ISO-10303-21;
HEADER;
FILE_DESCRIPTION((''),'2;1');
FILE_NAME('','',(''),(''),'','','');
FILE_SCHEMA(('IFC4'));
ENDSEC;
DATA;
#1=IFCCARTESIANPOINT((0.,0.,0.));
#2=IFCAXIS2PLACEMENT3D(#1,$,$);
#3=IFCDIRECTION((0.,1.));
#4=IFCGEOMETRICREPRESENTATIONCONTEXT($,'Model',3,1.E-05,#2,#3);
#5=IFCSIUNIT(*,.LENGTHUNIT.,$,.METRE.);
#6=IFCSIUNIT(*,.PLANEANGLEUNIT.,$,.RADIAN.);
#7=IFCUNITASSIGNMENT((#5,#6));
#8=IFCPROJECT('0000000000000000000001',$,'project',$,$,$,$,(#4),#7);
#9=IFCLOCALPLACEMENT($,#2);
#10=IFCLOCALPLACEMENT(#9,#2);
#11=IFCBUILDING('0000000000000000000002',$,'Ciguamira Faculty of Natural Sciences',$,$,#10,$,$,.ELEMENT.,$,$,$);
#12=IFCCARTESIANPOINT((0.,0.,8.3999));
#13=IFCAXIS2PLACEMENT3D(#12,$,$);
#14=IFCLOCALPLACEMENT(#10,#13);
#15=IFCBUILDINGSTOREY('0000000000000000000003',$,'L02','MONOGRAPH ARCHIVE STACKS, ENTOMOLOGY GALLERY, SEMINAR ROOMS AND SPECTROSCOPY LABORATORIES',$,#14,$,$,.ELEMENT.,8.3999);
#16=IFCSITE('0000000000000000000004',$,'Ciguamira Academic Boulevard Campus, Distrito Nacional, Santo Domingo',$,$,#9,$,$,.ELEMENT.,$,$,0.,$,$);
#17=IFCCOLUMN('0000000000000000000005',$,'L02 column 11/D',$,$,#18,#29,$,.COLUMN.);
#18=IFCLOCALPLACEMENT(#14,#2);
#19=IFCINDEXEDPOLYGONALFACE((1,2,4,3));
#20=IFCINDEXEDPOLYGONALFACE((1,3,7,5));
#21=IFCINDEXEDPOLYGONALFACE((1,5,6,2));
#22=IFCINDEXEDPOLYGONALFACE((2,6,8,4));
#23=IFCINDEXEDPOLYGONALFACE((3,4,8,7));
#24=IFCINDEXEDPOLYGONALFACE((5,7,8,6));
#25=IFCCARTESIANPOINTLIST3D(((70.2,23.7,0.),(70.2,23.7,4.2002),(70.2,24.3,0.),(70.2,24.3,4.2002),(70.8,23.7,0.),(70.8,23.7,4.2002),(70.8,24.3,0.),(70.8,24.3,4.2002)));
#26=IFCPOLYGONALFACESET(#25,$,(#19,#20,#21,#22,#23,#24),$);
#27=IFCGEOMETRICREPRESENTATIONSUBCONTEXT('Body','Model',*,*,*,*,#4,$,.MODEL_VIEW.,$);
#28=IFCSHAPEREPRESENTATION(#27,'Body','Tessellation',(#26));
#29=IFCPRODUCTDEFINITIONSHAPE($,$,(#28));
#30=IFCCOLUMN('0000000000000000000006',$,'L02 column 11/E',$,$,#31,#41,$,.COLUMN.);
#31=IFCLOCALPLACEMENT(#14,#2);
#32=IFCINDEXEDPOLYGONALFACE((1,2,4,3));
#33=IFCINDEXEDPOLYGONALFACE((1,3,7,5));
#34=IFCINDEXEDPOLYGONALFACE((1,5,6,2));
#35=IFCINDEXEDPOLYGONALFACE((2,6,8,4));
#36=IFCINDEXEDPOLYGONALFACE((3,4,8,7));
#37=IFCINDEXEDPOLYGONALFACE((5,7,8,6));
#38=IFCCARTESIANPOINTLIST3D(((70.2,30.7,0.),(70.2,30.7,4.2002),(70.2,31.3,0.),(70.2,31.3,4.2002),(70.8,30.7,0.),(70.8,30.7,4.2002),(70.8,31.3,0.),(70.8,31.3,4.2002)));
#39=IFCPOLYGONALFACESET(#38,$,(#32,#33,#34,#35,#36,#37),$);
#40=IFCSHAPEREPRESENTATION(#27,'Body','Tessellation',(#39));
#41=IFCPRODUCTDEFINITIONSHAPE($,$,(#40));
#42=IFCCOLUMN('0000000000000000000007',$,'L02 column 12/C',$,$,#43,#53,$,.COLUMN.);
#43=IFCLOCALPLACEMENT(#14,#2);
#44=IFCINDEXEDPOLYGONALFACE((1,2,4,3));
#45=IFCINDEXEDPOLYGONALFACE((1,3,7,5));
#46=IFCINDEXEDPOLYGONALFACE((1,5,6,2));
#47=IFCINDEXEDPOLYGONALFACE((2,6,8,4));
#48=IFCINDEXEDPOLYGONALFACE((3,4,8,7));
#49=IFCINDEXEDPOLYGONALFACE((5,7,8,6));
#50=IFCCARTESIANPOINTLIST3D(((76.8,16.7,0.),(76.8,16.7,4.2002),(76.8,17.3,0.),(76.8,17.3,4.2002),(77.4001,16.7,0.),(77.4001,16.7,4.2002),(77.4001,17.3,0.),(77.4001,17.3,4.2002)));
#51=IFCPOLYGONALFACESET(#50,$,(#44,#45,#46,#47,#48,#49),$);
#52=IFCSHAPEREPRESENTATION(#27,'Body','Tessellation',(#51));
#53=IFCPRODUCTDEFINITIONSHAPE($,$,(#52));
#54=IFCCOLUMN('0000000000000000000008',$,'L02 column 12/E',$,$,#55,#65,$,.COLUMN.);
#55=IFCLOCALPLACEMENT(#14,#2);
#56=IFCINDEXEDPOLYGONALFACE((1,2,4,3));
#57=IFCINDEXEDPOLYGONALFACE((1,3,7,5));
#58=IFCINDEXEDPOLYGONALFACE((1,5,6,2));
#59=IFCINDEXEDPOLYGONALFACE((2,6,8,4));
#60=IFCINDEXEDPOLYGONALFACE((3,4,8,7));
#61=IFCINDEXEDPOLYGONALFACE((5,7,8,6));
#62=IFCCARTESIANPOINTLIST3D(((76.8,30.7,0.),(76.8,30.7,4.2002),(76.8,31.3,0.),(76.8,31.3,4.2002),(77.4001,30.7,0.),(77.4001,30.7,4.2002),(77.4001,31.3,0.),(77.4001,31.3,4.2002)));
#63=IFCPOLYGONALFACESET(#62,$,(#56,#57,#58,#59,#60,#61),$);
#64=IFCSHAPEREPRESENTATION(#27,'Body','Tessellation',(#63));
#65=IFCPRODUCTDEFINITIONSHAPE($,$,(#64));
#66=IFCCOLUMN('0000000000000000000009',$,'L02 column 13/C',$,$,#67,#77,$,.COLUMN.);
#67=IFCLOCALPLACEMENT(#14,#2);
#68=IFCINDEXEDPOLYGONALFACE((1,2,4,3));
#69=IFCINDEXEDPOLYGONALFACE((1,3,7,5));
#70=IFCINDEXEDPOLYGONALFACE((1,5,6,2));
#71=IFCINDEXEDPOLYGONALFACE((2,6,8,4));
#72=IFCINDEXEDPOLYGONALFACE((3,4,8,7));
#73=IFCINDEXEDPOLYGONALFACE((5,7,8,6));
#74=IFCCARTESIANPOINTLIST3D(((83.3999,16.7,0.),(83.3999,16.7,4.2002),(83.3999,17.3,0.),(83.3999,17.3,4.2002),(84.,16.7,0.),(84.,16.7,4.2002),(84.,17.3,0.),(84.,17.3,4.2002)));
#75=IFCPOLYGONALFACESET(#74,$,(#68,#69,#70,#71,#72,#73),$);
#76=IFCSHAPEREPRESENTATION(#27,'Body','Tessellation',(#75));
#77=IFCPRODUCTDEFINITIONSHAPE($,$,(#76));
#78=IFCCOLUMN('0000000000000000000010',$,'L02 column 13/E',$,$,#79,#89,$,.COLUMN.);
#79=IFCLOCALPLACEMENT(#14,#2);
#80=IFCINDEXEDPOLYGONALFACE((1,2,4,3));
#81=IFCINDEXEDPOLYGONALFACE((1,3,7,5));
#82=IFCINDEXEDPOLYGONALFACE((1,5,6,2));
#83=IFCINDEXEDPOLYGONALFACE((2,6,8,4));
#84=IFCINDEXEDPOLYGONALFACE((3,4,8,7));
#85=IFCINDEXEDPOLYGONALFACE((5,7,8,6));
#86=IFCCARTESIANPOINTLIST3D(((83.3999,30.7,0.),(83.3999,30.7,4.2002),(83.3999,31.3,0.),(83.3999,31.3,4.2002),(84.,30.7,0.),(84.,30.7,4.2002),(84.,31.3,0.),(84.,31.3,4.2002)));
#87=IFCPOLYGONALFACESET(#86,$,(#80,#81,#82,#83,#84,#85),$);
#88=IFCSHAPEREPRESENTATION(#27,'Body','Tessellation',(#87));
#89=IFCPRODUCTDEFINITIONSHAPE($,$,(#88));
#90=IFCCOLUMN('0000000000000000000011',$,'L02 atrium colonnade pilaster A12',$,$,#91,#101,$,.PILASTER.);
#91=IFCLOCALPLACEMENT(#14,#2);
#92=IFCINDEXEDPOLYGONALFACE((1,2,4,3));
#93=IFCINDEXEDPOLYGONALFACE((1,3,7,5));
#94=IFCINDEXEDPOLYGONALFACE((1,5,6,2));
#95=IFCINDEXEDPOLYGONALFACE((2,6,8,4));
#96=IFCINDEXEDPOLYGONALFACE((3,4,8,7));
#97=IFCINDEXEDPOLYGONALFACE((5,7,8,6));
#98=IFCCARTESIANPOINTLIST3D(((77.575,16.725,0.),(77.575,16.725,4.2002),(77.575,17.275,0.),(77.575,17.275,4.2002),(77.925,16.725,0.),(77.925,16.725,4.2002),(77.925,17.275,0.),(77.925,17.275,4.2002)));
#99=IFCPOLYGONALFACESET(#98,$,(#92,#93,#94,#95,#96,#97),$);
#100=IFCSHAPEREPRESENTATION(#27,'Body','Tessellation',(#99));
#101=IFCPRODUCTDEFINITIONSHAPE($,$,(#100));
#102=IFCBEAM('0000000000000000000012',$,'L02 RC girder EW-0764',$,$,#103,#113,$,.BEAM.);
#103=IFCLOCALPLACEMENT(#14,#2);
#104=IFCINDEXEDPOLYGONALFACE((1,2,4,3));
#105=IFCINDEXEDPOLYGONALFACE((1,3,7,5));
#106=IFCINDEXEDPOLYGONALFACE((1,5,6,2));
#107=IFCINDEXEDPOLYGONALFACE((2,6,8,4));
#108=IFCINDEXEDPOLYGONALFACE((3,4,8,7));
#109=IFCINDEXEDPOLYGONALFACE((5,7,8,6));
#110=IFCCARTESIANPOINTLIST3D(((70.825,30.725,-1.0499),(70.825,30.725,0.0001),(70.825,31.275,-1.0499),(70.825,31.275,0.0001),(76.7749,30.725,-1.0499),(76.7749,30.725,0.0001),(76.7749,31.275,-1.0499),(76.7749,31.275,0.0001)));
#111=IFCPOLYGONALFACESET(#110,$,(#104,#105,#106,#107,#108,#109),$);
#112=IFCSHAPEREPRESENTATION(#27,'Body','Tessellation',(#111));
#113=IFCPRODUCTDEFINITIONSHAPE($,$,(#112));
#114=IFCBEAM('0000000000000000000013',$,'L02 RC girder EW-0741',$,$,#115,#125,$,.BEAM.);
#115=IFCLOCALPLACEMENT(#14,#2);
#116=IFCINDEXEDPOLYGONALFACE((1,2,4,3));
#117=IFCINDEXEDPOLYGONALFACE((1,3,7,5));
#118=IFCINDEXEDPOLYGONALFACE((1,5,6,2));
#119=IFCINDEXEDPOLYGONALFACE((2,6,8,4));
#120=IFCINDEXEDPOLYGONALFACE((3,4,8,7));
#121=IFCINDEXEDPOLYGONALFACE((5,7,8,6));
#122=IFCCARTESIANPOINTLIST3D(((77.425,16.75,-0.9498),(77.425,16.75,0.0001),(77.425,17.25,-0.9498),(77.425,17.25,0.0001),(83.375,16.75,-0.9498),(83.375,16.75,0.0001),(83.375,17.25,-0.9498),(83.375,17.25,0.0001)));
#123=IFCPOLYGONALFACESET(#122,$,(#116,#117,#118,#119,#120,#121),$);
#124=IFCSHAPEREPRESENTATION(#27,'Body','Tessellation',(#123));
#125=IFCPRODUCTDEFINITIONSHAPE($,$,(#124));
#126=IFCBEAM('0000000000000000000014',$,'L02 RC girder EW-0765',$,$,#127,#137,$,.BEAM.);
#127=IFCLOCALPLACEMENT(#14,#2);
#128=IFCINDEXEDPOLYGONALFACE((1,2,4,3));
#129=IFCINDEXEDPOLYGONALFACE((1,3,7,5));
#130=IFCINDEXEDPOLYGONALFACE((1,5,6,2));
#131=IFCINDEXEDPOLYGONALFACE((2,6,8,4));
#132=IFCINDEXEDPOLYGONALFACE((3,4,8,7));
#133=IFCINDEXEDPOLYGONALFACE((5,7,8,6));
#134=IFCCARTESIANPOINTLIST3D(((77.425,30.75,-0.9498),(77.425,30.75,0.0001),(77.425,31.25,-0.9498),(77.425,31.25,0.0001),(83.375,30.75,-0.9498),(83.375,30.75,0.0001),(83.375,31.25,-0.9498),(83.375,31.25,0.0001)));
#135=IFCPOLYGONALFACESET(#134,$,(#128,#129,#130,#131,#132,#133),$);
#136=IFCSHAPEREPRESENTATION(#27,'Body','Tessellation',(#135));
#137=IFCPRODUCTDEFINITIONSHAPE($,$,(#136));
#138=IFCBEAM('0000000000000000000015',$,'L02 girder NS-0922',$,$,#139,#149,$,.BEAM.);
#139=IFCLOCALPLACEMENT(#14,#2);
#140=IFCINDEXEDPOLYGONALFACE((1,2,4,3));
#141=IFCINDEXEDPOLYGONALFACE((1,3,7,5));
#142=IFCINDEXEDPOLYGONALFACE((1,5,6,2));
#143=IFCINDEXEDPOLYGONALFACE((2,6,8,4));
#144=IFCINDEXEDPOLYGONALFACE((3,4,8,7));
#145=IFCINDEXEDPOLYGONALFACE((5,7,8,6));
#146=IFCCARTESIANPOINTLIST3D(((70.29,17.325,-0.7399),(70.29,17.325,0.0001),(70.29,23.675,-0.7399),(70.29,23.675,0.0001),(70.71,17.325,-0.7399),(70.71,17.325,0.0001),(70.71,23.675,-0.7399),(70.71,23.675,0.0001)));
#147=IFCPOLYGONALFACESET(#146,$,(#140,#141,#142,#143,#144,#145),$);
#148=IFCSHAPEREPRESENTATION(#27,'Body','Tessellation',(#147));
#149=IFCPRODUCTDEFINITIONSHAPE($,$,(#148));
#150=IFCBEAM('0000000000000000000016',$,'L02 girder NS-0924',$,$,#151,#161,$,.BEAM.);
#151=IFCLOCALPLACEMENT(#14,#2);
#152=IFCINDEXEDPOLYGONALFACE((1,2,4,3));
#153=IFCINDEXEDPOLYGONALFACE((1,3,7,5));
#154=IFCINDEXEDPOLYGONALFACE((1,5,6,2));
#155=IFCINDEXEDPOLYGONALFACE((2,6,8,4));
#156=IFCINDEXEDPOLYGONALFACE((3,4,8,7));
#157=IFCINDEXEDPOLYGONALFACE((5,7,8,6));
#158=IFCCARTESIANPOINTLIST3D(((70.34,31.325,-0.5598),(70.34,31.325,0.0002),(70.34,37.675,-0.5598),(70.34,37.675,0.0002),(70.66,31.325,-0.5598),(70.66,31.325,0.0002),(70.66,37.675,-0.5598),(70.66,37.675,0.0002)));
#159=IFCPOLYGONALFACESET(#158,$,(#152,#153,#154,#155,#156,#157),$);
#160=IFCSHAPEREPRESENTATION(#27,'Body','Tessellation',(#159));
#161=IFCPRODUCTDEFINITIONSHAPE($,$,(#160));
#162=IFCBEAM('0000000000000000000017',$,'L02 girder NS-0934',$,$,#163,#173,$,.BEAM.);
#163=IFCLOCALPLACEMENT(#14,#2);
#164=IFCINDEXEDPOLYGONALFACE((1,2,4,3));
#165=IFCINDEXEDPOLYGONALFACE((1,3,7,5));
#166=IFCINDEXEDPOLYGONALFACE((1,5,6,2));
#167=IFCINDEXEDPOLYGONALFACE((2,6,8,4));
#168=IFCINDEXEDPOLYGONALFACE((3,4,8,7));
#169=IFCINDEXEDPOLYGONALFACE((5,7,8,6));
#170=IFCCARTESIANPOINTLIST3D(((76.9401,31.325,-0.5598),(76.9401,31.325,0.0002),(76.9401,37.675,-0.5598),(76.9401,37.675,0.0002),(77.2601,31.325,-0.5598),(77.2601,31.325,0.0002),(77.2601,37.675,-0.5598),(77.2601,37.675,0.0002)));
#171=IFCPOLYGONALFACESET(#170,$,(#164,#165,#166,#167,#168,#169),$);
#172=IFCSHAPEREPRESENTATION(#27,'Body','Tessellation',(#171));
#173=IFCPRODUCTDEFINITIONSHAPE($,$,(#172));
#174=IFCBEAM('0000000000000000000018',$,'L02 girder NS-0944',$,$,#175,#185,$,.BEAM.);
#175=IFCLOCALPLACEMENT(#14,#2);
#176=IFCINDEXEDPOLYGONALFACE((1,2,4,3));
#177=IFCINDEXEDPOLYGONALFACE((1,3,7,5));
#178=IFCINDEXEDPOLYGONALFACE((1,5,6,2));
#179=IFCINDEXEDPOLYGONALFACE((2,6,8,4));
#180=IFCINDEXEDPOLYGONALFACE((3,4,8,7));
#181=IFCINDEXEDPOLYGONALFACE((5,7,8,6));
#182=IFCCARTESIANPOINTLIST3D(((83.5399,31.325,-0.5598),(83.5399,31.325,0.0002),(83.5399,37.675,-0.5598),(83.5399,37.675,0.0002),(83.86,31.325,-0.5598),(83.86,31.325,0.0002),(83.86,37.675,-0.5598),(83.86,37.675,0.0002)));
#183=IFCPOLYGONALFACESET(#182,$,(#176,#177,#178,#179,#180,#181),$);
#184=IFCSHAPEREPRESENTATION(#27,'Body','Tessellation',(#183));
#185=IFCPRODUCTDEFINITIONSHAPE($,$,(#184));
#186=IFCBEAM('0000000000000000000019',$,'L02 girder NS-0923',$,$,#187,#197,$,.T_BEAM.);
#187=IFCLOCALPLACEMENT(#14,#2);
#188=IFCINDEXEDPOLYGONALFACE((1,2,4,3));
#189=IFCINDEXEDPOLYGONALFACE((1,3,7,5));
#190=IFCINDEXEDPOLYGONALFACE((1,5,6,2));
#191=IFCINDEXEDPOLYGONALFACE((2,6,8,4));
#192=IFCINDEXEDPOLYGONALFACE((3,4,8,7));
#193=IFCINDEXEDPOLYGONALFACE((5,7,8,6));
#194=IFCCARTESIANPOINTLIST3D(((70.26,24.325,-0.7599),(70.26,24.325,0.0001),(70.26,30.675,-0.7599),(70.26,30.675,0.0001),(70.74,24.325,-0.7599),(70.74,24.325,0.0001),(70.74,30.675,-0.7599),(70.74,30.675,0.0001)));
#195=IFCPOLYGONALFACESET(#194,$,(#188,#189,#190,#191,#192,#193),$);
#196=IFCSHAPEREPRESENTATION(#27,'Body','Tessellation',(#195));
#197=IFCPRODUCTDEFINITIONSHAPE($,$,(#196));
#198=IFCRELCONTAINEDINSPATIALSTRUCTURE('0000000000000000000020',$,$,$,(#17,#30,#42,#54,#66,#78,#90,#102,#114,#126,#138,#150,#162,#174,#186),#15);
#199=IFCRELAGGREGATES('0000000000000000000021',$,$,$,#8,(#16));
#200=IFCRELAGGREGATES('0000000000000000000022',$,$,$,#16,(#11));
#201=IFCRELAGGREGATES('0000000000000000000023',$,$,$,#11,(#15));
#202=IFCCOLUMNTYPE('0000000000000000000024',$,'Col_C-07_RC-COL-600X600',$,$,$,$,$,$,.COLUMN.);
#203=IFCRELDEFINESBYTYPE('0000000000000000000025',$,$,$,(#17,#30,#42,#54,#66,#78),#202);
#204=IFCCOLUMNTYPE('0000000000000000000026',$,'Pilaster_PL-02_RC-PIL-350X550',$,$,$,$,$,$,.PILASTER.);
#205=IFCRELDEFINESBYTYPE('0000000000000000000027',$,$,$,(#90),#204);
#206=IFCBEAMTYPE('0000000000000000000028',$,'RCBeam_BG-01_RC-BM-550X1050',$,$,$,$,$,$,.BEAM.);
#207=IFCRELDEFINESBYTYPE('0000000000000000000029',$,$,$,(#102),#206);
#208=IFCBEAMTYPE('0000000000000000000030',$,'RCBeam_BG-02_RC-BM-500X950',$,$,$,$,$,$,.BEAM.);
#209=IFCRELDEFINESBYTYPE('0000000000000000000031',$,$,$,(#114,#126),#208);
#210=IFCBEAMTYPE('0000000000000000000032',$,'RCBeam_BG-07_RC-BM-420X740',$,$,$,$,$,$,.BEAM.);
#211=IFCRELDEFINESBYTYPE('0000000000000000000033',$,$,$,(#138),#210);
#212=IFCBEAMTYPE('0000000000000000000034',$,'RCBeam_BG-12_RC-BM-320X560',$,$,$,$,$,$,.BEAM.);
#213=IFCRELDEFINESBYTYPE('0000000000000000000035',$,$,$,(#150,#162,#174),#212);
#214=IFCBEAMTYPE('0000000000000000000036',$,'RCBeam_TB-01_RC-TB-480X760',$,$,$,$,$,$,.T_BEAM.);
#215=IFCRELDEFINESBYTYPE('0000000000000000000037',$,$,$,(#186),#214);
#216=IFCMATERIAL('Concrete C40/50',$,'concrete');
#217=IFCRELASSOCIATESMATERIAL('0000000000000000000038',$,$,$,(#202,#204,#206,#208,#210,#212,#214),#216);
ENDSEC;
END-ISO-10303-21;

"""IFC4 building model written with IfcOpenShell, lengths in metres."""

from ifc_helpers import new_model, si_unit, direction, frame, origin, origin_2d, place, context, subcontext, project, spatial, rectangle, extrude, material, material_profile, profile_set, type_object, element, save


model = new_model("IFC4")

# Units and contexts
model_context = context("Model", 3, precision=1e-05, world=origin(), true_north=direction((0.0, 1.0)))
body_context = subcontext(model_context, "Body", "Model", "MODEL_VIEW")
ifc_project = project(units=[si_unit("LENGTHUNIT", "METRE"), si_unit("PLANEANGLEUNIT", "RADIAN")], contexts=[model_context])

# Site, building, storey
site_placement = place(None, origin())
site = spatial("IfcSite", under=ifc_project, at=site_placement, Name="Ciguamira Academic Boulevard Campus, Distrito Nacional, Santo Domingo", CompositionType="ELEMENT", RefElevation=0.0)
building_placement = place(site_placement, origin())
building = spatial("IfcBuilding", under=site, at=building_placement, Name="Ciguamira Faculty of Natural Sciences", CompositionType="ELEMENT")
storey_placement = place(building_placement, frame((0.0, 0.0, 8.3999)))
storey = spatial("IfcBuildingStorey", under=building, at=storey_placement, Name="L02", Description="MONOGRAPH ARCHIVE STACKS, ENTOMOLOGY GALLERY, SEMINAR ROOMS AND SPECTROSCOPY LABORATORIES", CompositionType="ELEMENT", Elevation=8.3999)

# Columns
ifc_material_1 = material(Name="Concrete C40/50", Category="concrete")
ifc_material_profile_1 = material_profile(ifc_material_1, rectangle(XDim=0.6001, YDim=0.6001, at=origin_2d()), Name="RC-COL-600X600")
ifc_profile_set_1 = profile_set([ifc_material_profile_1], Name="Concrete C40/50")
column_type_1 = type_object("IfcColumnType", Name="Col_C-07_RC-COL-600X600", PredefinedType="COLUMN", material=ifc_profile_set_1)
for number, where, z_axis, x_axis, name in (
    (1, (70.5, 24.0, 0.0), (0.0, 0.0, 1.0), (1.0, 0.0, 0.0), "L02 column 11/D"),
    (2, (70.5, 31.0, 0.0), (0.0, 0.0, 1.0), (1.0, 0.0, 0.0), "L02 column 11/E"),
    (3, (77.1001, 17.0, 0.0), (0.0, 0.0, 1.0), (1.0, 0.0, 0.0), "L02 column 12/C"),
    (4, (77.1001, 31.0, 0.0), (0.0, 0.0, 1.0), (1.0, 0.0, 0.0), "L02 column 12/E"),
    (5, (83.7, 17.0, 0.0), (0.0, 0.0, 1.0), (1.0, 0.0, 0.0), "L02 column 13/C"),
    (6, (83.7, 31.0, 0.0), (0.0, 0.0, 1.0), (1.0, 0.0, 0.0), "L02 column 13/E"),
):
    element("IfcColumn", number, at=place(storey_placement, frame(where, z_axis=z_axis, x_axis=x_axis)), inside=storey, type_object=column_type_1, Name=name, PredefinedType="COLUMN", context=body_context, shape_type="SweptSolid", body=[
        extrude(rectangle(XDim=0.6001, YDim=0.6001, at=origin_2d()), origin(), (0.0, 0.0, 1.0), 4.2002),
    ])
ifc_material_profile_2 = material_profile(ifc_material_1, rectangle(XDim=0.3501, YDim=0.55, at=origin_2d()), Name="RC-PIL-350X550")
ifc_profile_set_2 = profile_set([ifc_material_profile_2], Name="Concrete C40/50")
column_type_2 = type_object("IfcColumnType", Name="Pilaster_PL-02_RC-PIL-350X550", PredefinedType="PILASTER", material=ifc_profile_set_2)
column_placement = place(storey_placement, frame((77.75, 17.0, 0.0), z_axis=(0.0, 0.0, 1.0), x_axis=(1.0, 0.0, 0.0)))
element("IfcColumn", 7, at=column_placement, inside=storey, type_object=column_type_2, Name="L02 atrium colonnade pilaster A12", PredefinedType="PILASTER", context=body_context, shape_type="SweptSolid", body=[
    extrude(rectangle(XDim=0.3501, YDim=0.55, at=origin_2d()), origin(), (0.0, 0.0, 1.0), 4.2002),
])

# Beams
ifc_material_profile_3 = material_profile(ifc_material_1, rectangle(XDim=0.55, YDim=1.05, at=origin_2d()), Name="RC-BM-550X1050")
ifc_profile_set_3 = profile_set([ifc_material_profile_3], Name="Concrete C40/50")
beam_type_1 = type_object("IfcBeamType", Name="RCBeam_BG-01_RC-BM-550X1050", PredefinedType="BEAM", material=ifc_profile_set_3)
beam_1_placement = place(storey_placement, frame((70.825, 31.0, -0.5249), z_axis=(1.0, 0.0, 0.0), x_axis=(0.0, 1.0, 0.0)))
element("IfcBeam", 8, at=beam_1_placement, inside=storey, type_object=beam_type_1, Name="L02 RC girder EW-0764", PredefinedType="BEAM", context=body_context, shape_type="SweptSolid", body=[
    extrude(rectangle(XDim=0.55, YDim=1.05, at=origin_2d()), origin(), (0.0, 0.0, 1.0), 5.95),
])
ifc_material_profile_4 = material_profile(ifc_material_1, rectangle(XDim=0.5, YDim=0.95, at=origin_2d()), Name="RC-BM-500X950")
ifc_profile_set_4 = profile_set([ifc_material_profile_4], Name="Concrete C40/50")
beam_type_2 = type_object("IfcBeamType", Name="RCBeam_BG-02_RC-BM-500X950", PredefinedType="BEAM", material=ifc_profile_set_4)
for number, where, z_axis, x_axis, name in (
    (9, (77.425, 17.0, -0.4749), (1.0, 0.0, 0.0), (0.0, 1.0, 0.0), "L02 RC girder EW-0741"),
    (10, (77.425, 31.0, -0.4749), (1.0, 0.0, 0.0), (0.0, 1.0, 0.0), "L02 RC girder EW-0765"),
):
    element("IfcBeam", number, at=place(storey_placement, frame(where, z_axis=z_axis, x_axis=x_axis)), inside=storey, type_object=beam_type_2, Name=name, PredefinedType="BEAM", context=body_context, shape_type="SweptSolid", body=[
        extrude(rectangle(XDim=0.5, YDim=0.95, at=origin_2d()), origin(), (0.0, 0.0, 1.0), 5.95),
    ])
ifc_material_profile_5 = material_profile(ifc_material_1, rectangle(XDim=0.4199, YDim=0.74, at=origin_2d()), Name="RC-BM-420X740")
ifc_profile_set_5 = profile_set([ifc_material_profile_5], Name="Concrete C40/50")
beam_type_3 = type_object("IfcBeamType", Name="RCBeam_BG-07_RC-BM-420X740", PredefinedType="BEAM", material=ifc_profile_set_5)
beam_2_placement = place(storey_placement, frame((70.5, 17.325, -0.3699), z_axis=(0.0, 1.0, 0.0), x_axis=(-1.0, 0.0, 0.0)))
element("IfcBeam", 11, at=beam_2_placement, inside=storey, type_object=beam_type_3, Name="L02 girder NS-0922", PredefinedType="BEAM", context=body_context, shape_type="SweptSolid", body=[
    extrude(rectangle(XDim=0.4199, YDim=0.74, at=origin_2d()), origin(), (0.0, 0.0, 1.0), 6.3501),
])
ifc_material_profile_6 = material_profile(ifc_material_1, rectangle(XDim=0.3201, YDim=0.5601, at=origin_2d()), Name="RC-BM-320X560")
ifc_profile_set_6 = profile_set([ifc_material_profile_6], Name="Concrete C40/50")
beam_type_4 = type_object("IfcBeamType", Name="RCBeam_BG-12_RC-BM-320X560", PredefinedType="BEAM", material=ifc_profile_set_6)
for number, where, z_axis, x_axis, name in (
    (12, (70.5, 31.325, -0.2798), (0.0, 1.0, 0.0), (-1.0, 0.0, 0.0), "L02 girder NS-0924"),
    (13, (77.1001, 31.325, -0.2798), (0.0, 1.0, 0.0), (-1.0, 0.0, 0.0), "L02 girder NS-0934"),
    (14, (83.7, 31.325, -0.2798), (0.0, 1.0, 0.0), (-1.0, 0.0, 0.0), "L02 girder NS-0944"),
):
    element("IfcBeam", number, at=place(storey_placement, frame(where, z_axis=z_axis, x_axis=x_axis)), inside=storey, type_object=beam_type_4, Name=name, PredefinedType="BEAM", context=body_context, shape_type="SweptSolid", body=[
        extrude(rectangle(XDim=0.3201, YDim=0.5601, at=origin_2d()), origin(), (0.0, 0.0, 1.0), 6.3501),
    ])
ifc_material_profile_7 = material_profile(ifc_material_1, rectangle(XDim=0.48, YDim=0.76, at=origin_2d()), Name="RC-TB-480X760")
ifc_profile_set_7 = profile_set([ifc_material_profile_7], Name="Concrete C40/50")
beam_type_5 = type_object("IfcBeamType", Name="RCBeam_TB-01_RC-TB-480X760", PredefinedType="T_BEAM", material=ifc_profile_set_7)
beam_3_placement = place(storey_placement, frame((70.5, 24.325, -0.3799), z_axis=(0.0, 1.0, 0.0), x_axis=(-1.0, 0.0, 0.0)))
element("IfcBeam", 15, at=beam_3_placement, inside=storey, type_object=beam_type_5, Name="L02 girder NS-0923", PredefinedType="T_BEAM", context=body_context, shape_type="SweptSolid", body=[
    extrude(rectangle(XDim=0.48, YDim=0.76, at=origin_2d()), origin(), (0.0, 0.0, 1.0), 6.3501),
])

save(model, "model.ifc")
